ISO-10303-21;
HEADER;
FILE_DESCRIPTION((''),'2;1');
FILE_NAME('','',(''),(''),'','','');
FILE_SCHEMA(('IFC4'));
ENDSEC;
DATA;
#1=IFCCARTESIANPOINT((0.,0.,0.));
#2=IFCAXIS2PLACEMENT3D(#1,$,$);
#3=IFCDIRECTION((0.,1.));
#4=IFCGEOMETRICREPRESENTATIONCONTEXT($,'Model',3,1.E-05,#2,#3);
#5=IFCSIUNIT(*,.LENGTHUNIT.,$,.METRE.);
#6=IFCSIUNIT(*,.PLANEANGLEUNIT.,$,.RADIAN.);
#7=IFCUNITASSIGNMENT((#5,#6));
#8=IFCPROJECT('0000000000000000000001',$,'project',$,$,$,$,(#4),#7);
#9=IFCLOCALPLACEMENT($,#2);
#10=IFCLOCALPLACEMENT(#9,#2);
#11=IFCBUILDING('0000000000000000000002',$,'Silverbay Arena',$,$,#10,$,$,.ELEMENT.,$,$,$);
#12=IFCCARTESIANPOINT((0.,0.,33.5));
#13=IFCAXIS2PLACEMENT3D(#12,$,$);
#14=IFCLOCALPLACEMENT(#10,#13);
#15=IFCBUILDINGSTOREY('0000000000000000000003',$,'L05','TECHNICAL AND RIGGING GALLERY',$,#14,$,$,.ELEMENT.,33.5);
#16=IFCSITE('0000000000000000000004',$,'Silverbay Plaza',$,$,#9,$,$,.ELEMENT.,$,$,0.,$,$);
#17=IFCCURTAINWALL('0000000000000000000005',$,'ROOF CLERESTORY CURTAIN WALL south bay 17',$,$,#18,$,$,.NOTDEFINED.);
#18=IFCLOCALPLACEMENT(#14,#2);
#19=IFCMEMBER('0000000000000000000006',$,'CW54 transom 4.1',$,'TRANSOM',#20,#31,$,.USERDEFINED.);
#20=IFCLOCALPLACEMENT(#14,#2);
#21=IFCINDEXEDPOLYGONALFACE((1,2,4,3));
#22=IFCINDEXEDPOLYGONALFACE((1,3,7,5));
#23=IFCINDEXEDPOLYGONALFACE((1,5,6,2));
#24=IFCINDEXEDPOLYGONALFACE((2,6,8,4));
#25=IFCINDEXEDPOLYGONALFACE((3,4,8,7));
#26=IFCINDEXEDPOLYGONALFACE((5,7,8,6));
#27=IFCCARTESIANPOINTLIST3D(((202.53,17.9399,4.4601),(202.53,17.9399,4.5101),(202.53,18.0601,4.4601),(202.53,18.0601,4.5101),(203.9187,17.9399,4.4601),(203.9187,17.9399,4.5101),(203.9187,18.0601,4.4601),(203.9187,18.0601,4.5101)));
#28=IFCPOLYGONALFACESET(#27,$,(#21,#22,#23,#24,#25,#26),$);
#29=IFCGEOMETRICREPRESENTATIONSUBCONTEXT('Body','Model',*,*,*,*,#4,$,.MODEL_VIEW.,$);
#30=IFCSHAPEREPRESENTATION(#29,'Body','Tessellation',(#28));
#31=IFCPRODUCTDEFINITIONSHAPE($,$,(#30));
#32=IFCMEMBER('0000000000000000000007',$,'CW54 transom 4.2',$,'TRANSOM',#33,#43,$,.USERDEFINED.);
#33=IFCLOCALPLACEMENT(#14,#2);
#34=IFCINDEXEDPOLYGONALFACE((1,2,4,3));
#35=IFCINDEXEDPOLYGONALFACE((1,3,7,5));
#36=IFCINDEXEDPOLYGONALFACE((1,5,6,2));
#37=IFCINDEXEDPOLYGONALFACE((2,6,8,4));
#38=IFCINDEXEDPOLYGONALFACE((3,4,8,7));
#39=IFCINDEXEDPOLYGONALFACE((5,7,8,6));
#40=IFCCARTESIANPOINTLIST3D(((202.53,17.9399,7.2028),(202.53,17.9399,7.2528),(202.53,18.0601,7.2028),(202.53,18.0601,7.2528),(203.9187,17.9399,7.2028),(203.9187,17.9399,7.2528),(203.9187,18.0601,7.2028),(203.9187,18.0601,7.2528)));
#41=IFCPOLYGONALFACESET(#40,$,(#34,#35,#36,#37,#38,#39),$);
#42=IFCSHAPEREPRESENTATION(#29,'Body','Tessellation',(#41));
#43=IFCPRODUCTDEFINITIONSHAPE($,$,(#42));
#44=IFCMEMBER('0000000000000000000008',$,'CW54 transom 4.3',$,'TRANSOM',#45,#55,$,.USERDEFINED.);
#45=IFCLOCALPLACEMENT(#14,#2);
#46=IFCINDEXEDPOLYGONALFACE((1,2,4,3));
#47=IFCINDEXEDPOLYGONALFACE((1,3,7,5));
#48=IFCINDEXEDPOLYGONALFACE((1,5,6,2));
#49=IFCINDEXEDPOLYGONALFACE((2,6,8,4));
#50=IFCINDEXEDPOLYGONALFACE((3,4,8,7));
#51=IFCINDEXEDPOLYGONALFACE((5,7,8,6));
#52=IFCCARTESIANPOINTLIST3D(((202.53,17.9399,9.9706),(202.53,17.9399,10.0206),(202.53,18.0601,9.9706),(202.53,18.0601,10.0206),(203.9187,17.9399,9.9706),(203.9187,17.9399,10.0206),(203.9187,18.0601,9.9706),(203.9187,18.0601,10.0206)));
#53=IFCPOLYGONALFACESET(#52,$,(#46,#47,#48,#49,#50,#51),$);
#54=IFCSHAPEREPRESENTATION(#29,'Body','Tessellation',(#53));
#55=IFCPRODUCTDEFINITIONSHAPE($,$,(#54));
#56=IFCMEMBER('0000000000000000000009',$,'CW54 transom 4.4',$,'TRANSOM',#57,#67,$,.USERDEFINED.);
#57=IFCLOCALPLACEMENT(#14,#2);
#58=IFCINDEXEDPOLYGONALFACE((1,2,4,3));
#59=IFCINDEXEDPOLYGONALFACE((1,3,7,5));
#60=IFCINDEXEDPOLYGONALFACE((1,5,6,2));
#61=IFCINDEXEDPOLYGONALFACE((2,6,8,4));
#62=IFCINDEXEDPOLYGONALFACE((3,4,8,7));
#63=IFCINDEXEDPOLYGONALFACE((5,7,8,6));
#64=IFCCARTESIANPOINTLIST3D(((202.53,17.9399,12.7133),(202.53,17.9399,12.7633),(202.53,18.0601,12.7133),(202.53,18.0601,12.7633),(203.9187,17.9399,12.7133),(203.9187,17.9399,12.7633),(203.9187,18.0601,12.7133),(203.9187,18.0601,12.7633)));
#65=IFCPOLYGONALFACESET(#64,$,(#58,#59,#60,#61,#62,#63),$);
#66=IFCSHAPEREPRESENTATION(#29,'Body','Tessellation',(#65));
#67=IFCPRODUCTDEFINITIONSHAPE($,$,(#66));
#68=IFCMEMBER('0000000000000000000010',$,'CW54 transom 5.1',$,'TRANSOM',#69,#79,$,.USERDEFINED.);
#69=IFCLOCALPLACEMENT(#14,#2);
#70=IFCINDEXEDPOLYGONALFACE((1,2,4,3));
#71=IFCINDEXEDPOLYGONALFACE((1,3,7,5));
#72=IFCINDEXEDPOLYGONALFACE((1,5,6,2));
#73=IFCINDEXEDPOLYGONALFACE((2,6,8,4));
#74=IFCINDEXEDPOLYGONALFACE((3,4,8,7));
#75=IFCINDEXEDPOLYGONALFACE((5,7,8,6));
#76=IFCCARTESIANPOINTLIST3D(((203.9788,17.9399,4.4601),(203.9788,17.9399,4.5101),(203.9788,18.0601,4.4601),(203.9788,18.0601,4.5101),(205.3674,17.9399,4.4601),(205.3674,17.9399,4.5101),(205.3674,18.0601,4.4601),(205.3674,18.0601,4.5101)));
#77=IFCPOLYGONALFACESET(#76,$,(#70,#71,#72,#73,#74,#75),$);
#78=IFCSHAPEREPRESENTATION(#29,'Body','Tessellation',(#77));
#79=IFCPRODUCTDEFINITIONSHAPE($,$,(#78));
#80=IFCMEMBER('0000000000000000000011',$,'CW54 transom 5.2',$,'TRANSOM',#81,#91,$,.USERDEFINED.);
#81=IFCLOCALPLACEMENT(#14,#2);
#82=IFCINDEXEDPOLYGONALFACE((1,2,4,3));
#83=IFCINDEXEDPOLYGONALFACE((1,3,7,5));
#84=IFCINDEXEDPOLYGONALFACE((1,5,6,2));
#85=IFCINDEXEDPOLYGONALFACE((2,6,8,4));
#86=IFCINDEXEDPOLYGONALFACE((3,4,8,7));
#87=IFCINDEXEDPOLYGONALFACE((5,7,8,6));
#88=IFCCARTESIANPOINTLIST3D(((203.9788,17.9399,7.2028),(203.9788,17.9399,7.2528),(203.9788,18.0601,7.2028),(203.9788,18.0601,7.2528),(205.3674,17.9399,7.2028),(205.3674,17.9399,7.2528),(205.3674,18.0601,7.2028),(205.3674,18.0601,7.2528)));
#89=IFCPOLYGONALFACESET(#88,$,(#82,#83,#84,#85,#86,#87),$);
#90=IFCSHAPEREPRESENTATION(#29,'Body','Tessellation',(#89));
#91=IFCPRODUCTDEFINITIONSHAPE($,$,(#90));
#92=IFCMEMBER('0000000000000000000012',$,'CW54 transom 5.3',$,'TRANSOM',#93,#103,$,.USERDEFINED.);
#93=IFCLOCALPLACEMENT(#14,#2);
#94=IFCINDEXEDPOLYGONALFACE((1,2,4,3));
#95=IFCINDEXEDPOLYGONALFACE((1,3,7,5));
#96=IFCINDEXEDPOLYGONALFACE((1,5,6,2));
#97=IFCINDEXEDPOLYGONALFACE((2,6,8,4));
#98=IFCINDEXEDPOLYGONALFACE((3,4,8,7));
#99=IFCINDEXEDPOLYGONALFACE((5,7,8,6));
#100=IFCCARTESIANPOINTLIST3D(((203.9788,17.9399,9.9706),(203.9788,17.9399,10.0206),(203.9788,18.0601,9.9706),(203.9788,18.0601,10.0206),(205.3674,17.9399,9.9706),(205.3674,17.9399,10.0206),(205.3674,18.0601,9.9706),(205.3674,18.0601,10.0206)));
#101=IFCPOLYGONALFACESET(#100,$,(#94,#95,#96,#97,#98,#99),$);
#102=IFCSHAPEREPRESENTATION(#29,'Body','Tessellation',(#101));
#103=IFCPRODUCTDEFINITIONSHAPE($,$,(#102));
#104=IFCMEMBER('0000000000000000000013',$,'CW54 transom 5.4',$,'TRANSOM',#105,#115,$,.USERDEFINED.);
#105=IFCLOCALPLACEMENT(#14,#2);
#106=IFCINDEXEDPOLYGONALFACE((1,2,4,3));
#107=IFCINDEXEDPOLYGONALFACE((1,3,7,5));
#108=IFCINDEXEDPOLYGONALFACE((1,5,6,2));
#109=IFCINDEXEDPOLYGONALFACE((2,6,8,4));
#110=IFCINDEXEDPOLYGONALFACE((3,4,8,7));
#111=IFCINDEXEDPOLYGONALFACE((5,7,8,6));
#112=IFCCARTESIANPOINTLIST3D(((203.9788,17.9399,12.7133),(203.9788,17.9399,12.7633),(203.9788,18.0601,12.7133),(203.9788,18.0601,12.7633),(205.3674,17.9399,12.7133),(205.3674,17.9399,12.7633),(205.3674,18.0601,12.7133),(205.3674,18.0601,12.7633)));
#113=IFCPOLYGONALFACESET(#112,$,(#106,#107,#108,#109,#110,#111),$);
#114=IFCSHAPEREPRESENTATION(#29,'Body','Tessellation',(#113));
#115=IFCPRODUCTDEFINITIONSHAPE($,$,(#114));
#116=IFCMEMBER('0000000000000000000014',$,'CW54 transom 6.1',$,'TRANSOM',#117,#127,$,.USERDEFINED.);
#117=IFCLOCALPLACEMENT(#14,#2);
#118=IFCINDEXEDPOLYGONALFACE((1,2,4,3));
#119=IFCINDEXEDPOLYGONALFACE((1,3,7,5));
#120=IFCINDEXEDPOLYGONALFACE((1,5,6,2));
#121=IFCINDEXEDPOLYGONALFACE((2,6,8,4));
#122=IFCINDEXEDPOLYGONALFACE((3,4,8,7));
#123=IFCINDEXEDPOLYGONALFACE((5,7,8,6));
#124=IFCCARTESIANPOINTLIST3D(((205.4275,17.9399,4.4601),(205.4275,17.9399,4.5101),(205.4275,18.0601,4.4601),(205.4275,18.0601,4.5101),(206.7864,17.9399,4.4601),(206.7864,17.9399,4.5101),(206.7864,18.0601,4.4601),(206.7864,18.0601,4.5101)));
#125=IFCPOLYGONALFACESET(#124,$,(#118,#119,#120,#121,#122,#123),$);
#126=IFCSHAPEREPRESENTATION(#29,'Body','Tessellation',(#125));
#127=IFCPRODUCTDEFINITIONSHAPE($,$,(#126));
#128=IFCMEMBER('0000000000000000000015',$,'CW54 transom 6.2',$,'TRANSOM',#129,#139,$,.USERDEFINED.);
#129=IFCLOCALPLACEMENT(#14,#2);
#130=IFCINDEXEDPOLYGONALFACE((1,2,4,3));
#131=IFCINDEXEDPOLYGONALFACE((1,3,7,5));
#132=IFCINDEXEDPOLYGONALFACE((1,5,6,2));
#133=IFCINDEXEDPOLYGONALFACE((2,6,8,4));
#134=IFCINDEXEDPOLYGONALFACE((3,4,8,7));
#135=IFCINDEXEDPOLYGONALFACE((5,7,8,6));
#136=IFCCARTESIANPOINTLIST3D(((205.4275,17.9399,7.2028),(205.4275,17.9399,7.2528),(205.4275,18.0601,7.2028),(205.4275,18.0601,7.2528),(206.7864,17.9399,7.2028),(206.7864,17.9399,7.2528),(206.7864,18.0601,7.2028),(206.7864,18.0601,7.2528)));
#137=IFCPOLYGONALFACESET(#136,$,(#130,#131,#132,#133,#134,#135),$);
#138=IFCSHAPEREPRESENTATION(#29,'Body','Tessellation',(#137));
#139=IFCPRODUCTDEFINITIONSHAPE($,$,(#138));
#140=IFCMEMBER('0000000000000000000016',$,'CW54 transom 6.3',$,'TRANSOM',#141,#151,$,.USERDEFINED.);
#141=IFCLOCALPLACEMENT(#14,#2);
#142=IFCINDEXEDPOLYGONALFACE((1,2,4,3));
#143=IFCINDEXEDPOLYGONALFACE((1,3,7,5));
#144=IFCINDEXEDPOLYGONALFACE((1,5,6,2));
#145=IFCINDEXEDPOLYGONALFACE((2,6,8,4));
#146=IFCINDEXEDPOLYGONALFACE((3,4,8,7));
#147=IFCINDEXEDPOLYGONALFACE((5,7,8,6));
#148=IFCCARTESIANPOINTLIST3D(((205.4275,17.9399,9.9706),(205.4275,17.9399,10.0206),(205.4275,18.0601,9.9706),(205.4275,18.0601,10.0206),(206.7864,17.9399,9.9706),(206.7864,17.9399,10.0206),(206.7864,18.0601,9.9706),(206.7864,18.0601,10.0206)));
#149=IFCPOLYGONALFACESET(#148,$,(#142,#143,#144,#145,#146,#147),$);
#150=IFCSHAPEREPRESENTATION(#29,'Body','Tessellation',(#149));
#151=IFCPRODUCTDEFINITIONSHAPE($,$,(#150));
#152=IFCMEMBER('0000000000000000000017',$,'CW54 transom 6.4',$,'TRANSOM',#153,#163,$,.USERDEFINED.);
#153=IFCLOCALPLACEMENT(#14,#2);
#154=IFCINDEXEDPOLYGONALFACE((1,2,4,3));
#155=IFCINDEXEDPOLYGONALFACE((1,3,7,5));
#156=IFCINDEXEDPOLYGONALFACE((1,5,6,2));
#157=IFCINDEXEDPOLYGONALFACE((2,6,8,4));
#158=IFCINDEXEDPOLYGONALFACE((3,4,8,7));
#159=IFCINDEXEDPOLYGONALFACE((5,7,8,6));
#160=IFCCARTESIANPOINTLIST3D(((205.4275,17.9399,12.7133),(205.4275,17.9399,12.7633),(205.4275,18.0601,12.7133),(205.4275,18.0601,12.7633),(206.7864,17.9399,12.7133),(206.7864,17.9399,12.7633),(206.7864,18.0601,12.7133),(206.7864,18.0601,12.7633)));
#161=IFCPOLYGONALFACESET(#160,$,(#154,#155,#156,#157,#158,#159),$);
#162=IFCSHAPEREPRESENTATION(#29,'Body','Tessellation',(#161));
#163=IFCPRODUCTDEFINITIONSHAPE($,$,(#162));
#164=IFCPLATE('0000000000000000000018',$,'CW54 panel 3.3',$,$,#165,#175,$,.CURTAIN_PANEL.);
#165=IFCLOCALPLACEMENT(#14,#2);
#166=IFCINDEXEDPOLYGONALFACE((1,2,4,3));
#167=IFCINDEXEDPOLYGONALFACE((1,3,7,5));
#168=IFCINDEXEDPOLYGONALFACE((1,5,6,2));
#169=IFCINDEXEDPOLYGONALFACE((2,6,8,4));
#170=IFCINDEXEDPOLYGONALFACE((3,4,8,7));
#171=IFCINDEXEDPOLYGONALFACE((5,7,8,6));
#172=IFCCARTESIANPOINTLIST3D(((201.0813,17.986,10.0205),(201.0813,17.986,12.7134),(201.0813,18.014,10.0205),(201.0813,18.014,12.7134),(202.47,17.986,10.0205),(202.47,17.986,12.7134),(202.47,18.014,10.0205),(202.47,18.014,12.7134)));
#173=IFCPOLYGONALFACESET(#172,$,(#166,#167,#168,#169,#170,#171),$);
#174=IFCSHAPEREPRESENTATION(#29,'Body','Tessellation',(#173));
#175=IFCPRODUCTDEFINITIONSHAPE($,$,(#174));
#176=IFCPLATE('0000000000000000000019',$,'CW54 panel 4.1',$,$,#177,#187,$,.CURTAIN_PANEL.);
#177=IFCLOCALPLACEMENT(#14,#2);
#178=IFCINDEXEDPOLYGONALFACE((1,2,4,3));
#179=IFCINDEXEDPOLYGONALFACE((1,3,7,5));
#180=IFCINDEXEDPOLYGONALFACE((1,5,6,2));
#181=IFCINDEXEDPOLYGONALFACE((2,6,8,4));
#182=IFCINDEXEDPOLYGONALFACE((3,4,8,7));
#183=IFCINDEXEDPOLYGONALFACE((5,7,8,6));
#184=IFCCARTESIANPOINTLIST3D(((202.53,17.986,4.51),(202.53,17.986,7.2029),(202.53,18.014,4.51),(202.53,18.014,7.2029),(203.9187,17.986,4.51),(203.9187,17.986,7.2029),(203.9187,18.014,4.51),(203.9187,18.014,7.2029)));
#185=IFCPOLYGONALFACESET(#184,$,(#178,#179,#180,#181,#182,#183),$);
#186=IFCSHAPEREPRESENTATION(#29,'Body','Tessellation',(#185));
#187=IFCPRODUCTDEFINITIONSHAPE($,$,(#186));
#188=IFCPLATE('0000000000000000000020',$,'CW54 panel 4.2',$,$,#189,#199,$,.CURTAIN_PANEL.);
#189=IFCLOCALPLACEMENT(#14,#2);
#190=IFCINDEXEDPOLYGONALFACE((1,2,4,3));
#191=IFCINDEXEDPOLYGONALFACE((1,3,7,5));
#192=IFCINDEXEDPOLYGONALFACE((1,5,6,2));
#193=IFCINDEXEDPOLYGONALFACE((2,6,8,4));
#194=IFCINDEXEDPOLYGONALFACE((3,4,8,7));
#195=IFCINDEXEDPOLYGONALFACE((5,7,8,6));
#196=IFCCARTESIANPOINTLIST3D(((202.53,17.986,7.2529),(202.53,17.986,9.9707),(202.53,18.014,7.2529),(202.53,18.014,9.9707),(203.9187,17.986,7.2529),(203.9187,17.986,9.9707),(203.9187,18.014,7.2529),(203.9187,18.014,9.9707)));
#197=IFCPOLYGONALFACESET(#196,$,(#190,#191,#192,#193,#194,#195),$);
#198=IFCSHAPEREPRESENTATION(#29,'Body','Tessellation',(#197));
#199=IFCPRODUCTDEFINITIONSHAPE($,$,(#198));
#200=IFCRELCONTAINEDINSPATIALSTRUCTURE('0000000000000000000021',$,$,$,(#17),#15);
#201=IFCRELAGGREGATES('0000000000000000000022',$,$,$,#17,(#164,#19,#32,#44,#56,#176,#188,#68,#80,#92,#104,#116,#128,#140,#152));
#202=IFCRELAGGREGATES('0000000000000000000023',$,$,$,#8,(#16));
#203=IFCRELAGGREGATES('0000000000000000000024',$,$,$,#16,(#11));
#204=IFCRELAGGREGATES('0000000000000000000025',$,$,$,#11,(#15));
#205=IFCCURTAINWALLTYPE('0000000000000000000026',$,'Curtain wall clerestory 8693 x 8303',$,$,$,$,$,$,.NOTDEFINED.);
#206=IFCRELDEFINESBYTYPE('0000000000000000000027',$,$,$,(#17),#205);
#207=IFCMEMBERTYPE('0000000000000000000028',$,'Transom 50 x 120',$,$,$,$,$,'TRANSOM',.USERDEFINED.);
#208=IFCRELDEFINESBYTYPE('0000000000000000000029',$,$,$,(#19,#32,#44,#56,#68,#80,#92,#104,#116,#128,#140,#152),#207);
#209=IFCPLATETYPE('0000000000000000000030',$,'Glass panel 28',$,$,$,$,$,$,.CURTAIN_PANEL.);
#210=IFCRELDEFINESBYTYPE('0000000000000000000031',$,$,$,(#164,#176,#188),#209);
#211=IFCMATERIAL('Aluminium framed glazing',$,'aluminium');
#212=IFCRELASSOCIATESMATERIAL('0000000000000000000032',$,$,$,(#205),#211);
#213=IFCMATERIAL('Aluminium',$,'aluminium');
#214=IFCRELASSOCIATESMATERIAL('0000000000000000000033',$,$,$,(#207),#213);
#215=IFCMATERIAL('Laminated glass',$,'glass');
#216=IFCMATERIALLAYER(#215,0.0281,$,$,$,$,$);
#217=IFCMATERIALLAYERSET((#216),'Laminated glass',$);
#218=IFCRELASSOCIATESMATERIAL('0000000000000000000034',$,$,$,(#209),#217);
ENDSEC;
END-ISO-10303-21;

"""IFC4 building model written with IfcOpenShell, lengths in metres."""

from ifc_helpers import new_model, si_unit, direction, frame, origin, origin_2d, place, context, subcontext, project, spatial, rectangle, extrude, material, layer, layer_set, material_profile, profile_set, type_object, element, aggregate, save


model = new_model("IFC4")

# Units and contexts
model_context = context("Model", 3, precision=1e-05, world=origin(), true_north=direction((0.0, 1.0)))
body_context = subcontext(model_context, "Body", "Model", "MODEL_VIEW")
ifc_project = project(units=[si_unit("LENGTHUNIT", "METRE"), si_unit("PLANEANGLEUNIT", "RADIAN")], contexts=[model_context])

# Site, building, storey
site_placement = place(None, origin())
site = spatial("IfcSite", under=ifc_project, at=site_placement, Name="Silverbay Plaza", CompositionType="ELEMENT", RefElevation=0.0)
building_placement = place(site_placement, origin())
building = spatial("IfcBuilding", under=site, at=building_placement, Name="Silverbay Arena", CompositionType="ELEMENT")
storey_placement = place(building_placement, frame((0.0, 0.0, 33.5)))
storey = spatial("IfcBuildingStorey", under=building, at=storey_placement, Name="L05", Description="TECHNICAL AND RIGGING GALLERY", CompositionType="ELEMENT", Elevation=33.5)

# Curtain wall
ifc_material_1 = material(Name="Aluminium framed glazing", Category="aluminium")
curtain_wall_type = type_object("IfcCurtainWallType", Name="Curtain wall clerestory 8693 x 8303", PredefinedType="NOTDEFINED", material=ifc_material_1)
curtain_wall_placement = place(storey_placement, origin())
curtain_wall = element("IfcCurtainWall", 1, at=curtain_wall_placement, inside=storey, type_object=curtain_wall_type, Name="ROOF CLERESTORY CURTAIN WALL south bay 17", PredefinedType="NOTDEFINED")

# Members
ifc_material_2 = material(Name="Aluminium", Category="aluminium")
ifc_material_profile_1 = material_profile(ifc_material_2, rectangle(XDim=0.1201, YDim=0.05, at=origin_2d()), Name="Transom 50 x 120")
ifc_profile_set_1 = profile_set([ifc_material_profile_1], Name="Aluminium")
member_type_1 = type_object("IfcMemberType", Name="Transom 50 x 120", ElementType="TRANSOM", PredefinedType="USERDEFINED", material=ifc_profile_set_1)
member_1_placement = place(storey_placement, frame((202.53, 18.0, 4.4851), z_axis=(1.0, 0.0, 0.0), x_axis=(0.0, 1.0, 0.0)))
member_1 = element("IfcMember", 2, at=member_1_placement, type_object=member_type_1, Name="CW54 transom 4.1", ObjectType="TRANSOM", PredefinedType="USERDEFINED", context=body_context, shape_type="SweptSolid", body=[
    extrude(rectangle(XDim=0.1201, YDim=0.05, at=origin_2d()), origin(), (0.0, 0.0, 1.0), 1.3887),
])
member_2_placement = place(storey_placement, frame((202.53, 18.0, 7.2278), z_axis=(1.0, 0.0, 0.0), x_axis=(0.0, 1.0, 0.0)))
member_2 = element("IfcMember", 3, at=member_2_placement, type_object=member_type_1, Name="CW54 transom 4.2", ObjectType="TRANSOM", PredefinedType="USERDEFINED", context=body_context, shape_type="SweptSolid", body=[
    extrude(rectangle(XDim=0.1201, YDim=0.05, at=origin_2d()), origin(), (0.0, 0.0, 1.0), 1.3887),
])
member_3_placement = place(storey_placement, frame((202.53, 18.0, 9.9956), z_axis=(1.0, 0.0, 0.0), x_axis=(0.0, 1.0, 0.0)))
member_3 = element("IfcMember", 4, at=member_3_placement, type_object=member_type_1, Name="CW54 transom 4.3", ObjectType="TRANSOM", PredefinedType="USERDEFINED", context=body_context, shape_type="SweptSolid", body=[
    extrude(rectangle(XDim=0.1201, YDim=0.05, at=origin_2d()), origin(), (0.0, 0.0, 1.0), 1.3887),
])
member_4_placement = place(storey_placement, frame((202.53, 18.0, 12.7383), z_axis=(1.0, 0.0, 0.0), x_axis=(0.0, 1.0, 0.0)))
member_4 = element("IfcMember", 5, at=member_4_placement, type_object=member_type_1, Name="CW54 transom 4.4", ObjectType="TRANSOM", PredefinedType="USERDEFINED", context=body_context, shape_type="SweptSolid", body=[
    extrude(rectangle(XDim=0.1201, YDim=0.05, at=origin_2d()), origin(), (0.0, 0.0, 1.0), 1.3887),
])
member_5_placement = place(storey_placement, frame((203.9788, 18.0, 4.4851), z_axis=(1.0, 0.0, 0.0), x_axis=(0.0, 1.0, 0.0)))
member_5 = element("IfcMember", 6, at=member_5_placement, type_object=member_type_1, Name="CW54 transom 5.1", ObjectType="TRANSOM", PredefinedType="USERDEFINED", context=body_context, shape_type="SweptSolid", body=[
    extrude(rectangle(XDim=0.1201, YDim=0.05, at=origin_2d()), origin(), (0.0, 0.0, 1.0), 1.3887),
])
member_6_placement = place(storey_placement, frame((203.9788, 18.0, 7.2278), z_axis=(1.0, 0.0, 0.0), x_axis=(0.0, 1.0, 0.0)))
member_6 = element("IfcMember", 7, at=member_6_placement, type_object=member_type_1, Name="CW54 transom 5.2", ObjectType="TRANSOM", PredefinedType="USERDEFINED", context=body_context, shape_type="SweptSolid", body=[
    extrude(rectangle(XDim=0.1201, YDim=0.05, at=origin_2d()), origin(), (0.0, 0.0, 1.0), 1.3887),
])
member_7_placement = place(storey_placement, frame((203.9788, 18.0, 9.9956), z_axis=(1.0, 0.0, 0.0), x_axis=(0.0, 1.0, 0.0)))
member_7 = element("IfcMember", 8, at=member_7_placement, type_object=member_type_1, Name="CW54 transom 5.3", ObjectType="TRANSOM", PredefinedType="USERDEFINED", context=body_context, shape_type="SweptSolid", body=[
    extrude(rectangle(XDim=0.1201, YDim=0.05, at=origin_2d()), origin(), (0.0, 0.0, 1.0), 1.3887),
])
member_8_placement = place(storey_placement, frame((203.9788, 18.0, 12.7383), z_axis=(1.0, 0.0, 0.0), x_axis=(0.0, 1.0, 0.0)))
member_8 = element("IfcMember", 9, at=member_8_placement, type_object=member_type_1, Name="CW54 transom 5.4", ObjectType="TRANSOM", PredefinedType="USERDEFINED", context=body_context, shape_type="SweptSolid", body=[
    extrude(rectangle(XDim=0.1201, YDim=0.05, at=origin_2d()), origin(), (0.0, 0.0, 1.0), 1.3887),
])
member_9_placement = place(storey_placement, frame((205.4275, 18.0, 4.4851), z_axis=(1.0, 0.0, 0.0), x_axis=(0.0, 1.0, 0.0)))
member_9 = element("IfcMember", 10, at=member_9_placement, type_object=member_type_1, Name="CW54 transom 6.1", ObjectType="TRANSOM", PredefinedType="USERDEFINED", context=body_context, shape_type="SweptSolid", body=[
    extrude(rectangle(XDim=0.1201, YDim=0.05, at=origin_2d()), origin(), (0.0, 0.0, 1.0), 1.3589),
])
member_10_placement = place(storey_placement, frame((205.4275, 18.0, 7.2278), z_axis=(1.0, 0.0, 0.0), x_axis=(0.0, 1.0, 0.0)))
member_10 = element("IfcMember", 11, at=member_10_placement, type_object=member_type_1, Name="CW54 transom 6.2", ObjectType="TRANSOM", PredefinedType="USERDEFINED", context=body_context, shape_type="SweptSolid", body=[
    extrude(rectangle(XDim=0.1201, YDim=0.05, at=origin_2d()), origin(), (0.0, 0.0, 1.0), 1.3589),
])
member_11_placement = place(storey_placement, frame((205.4275, 18.0, 9.9956), z_axis=(1.0, 0.0, 0.0), x_axis=(0.0, 1.0, 0.0)))
member_11 = element("IfcMember", 12, at=member_11_placement, type_object=member_type_1, Name="CW54 transom 6.3", ObjectType="TRANSOM", PredefinedType="USERDEFINED", context=body_context, shape_type="SweptSolid", body=[
    extrude(rectangle(XDim=0.1201, YDim=0.05, at=origin_2d()), origin(), (0.0, 0.0, 1.0), 1.3589),
])
member_12_placement = place(storey_placement, frame((205.4275, 18.0, 12.7383), z_axis=(1.0, 0.0, 0.0), x_axis=(0.0, 1.0, 0.0)))
member_12 = element("IfcMember", 13, at=member_12_placement, type_object=member_type_1, Name="CW54 transom 6.4", ObjectType="TRANSOM", PredefinedType="USERDEFINED", context=body_context, shape_type="SweptSolid", body=[
    extrude(rectangle(XDim=0.1201, YDim=0.05, at=origin_2d()), origin(), (0.0, 0.0, 1.0), 1.3589),
])

# Plates
ifc_material_3 = material(Name="Laminated glass", Category="glass")
ifc_layer = layer(ifc_material_3, 0.0281)
ifc_layer_set = layer_set([ifc_layer], Name="Laminated glass")
plate_type = type_object("IfcPlateType", Name="Glass panel 28", PredefinedType="CURTAIN_PANEL", material=ifc_layer_set)
plate_1_placement = place(storey_placement, frame((201.7756, 18.0, 10.0205), z_axis=(0.0, 0.0, 1.0), x_axis=(1.0, 0.0, 0.0)))
plate_1 = element("IfcPlate", 14, at=plate_1_placement, type_object=plate_type, Name="CW54 panel 3.3", PredefinedType="CURTAIN_PANEL", context=body_context, shape_type="SweptSolid", body=[
    extrude(rectangle(XDim=1.3887, YDim=0.0281, at=origin_2d()), origin(), (0.0, 0.0, 1.0), 2.6929),
])
plate_2_placement = place(storey_placement, frame((203.2244, 18.0, 4.51), z_axis=(0.0, 0.0, 1.0), x_axis=(1.0, 0.0, 0.0)))
plate_2 = element("IfcPlate", 15, at=plate_2_placement, type_object=plate_type, Name="CW54 panel 4.1", PredefinedType="CURTAIN_PANEL", context=body_context, shape_type="SweptSolid", body=[
    extrude(rectangle(XDim=1.3887, YDim=0.0281, at=origin_2d()), origin(), (0.0, 0.0, 1.0), 2.6929),
])
plate_3_placement = place(storey_placement, frame((203.2244, 18.0, 7.2529), z_axis=(0.0, 0.0, 1.0), x_axis=(1.0, 0.0, 0.0)))
plate_3 = element("IfcPlate", 16, at=plate_3_placement, type_object=plate_type, Name="CW54 panel 4.2", PredefinedType="CURTAIN_PANEL", context=body_context, shape_type="SweptSolid", body=[
    extrude(rectangle(XDim=1.3887, YDim=0.0281, at=origin_2d()), origin(), (0.0, 0.0, 1.0), 2.7178),
])
aggregate(curtain_wall, [plate_1, member_1, member_2, member_3, member_4, plate_2, plate_3, member_5, member_6, member_7, member_8, member_9, member_10, member_11, member_12])

save(model, "model.ifc")
